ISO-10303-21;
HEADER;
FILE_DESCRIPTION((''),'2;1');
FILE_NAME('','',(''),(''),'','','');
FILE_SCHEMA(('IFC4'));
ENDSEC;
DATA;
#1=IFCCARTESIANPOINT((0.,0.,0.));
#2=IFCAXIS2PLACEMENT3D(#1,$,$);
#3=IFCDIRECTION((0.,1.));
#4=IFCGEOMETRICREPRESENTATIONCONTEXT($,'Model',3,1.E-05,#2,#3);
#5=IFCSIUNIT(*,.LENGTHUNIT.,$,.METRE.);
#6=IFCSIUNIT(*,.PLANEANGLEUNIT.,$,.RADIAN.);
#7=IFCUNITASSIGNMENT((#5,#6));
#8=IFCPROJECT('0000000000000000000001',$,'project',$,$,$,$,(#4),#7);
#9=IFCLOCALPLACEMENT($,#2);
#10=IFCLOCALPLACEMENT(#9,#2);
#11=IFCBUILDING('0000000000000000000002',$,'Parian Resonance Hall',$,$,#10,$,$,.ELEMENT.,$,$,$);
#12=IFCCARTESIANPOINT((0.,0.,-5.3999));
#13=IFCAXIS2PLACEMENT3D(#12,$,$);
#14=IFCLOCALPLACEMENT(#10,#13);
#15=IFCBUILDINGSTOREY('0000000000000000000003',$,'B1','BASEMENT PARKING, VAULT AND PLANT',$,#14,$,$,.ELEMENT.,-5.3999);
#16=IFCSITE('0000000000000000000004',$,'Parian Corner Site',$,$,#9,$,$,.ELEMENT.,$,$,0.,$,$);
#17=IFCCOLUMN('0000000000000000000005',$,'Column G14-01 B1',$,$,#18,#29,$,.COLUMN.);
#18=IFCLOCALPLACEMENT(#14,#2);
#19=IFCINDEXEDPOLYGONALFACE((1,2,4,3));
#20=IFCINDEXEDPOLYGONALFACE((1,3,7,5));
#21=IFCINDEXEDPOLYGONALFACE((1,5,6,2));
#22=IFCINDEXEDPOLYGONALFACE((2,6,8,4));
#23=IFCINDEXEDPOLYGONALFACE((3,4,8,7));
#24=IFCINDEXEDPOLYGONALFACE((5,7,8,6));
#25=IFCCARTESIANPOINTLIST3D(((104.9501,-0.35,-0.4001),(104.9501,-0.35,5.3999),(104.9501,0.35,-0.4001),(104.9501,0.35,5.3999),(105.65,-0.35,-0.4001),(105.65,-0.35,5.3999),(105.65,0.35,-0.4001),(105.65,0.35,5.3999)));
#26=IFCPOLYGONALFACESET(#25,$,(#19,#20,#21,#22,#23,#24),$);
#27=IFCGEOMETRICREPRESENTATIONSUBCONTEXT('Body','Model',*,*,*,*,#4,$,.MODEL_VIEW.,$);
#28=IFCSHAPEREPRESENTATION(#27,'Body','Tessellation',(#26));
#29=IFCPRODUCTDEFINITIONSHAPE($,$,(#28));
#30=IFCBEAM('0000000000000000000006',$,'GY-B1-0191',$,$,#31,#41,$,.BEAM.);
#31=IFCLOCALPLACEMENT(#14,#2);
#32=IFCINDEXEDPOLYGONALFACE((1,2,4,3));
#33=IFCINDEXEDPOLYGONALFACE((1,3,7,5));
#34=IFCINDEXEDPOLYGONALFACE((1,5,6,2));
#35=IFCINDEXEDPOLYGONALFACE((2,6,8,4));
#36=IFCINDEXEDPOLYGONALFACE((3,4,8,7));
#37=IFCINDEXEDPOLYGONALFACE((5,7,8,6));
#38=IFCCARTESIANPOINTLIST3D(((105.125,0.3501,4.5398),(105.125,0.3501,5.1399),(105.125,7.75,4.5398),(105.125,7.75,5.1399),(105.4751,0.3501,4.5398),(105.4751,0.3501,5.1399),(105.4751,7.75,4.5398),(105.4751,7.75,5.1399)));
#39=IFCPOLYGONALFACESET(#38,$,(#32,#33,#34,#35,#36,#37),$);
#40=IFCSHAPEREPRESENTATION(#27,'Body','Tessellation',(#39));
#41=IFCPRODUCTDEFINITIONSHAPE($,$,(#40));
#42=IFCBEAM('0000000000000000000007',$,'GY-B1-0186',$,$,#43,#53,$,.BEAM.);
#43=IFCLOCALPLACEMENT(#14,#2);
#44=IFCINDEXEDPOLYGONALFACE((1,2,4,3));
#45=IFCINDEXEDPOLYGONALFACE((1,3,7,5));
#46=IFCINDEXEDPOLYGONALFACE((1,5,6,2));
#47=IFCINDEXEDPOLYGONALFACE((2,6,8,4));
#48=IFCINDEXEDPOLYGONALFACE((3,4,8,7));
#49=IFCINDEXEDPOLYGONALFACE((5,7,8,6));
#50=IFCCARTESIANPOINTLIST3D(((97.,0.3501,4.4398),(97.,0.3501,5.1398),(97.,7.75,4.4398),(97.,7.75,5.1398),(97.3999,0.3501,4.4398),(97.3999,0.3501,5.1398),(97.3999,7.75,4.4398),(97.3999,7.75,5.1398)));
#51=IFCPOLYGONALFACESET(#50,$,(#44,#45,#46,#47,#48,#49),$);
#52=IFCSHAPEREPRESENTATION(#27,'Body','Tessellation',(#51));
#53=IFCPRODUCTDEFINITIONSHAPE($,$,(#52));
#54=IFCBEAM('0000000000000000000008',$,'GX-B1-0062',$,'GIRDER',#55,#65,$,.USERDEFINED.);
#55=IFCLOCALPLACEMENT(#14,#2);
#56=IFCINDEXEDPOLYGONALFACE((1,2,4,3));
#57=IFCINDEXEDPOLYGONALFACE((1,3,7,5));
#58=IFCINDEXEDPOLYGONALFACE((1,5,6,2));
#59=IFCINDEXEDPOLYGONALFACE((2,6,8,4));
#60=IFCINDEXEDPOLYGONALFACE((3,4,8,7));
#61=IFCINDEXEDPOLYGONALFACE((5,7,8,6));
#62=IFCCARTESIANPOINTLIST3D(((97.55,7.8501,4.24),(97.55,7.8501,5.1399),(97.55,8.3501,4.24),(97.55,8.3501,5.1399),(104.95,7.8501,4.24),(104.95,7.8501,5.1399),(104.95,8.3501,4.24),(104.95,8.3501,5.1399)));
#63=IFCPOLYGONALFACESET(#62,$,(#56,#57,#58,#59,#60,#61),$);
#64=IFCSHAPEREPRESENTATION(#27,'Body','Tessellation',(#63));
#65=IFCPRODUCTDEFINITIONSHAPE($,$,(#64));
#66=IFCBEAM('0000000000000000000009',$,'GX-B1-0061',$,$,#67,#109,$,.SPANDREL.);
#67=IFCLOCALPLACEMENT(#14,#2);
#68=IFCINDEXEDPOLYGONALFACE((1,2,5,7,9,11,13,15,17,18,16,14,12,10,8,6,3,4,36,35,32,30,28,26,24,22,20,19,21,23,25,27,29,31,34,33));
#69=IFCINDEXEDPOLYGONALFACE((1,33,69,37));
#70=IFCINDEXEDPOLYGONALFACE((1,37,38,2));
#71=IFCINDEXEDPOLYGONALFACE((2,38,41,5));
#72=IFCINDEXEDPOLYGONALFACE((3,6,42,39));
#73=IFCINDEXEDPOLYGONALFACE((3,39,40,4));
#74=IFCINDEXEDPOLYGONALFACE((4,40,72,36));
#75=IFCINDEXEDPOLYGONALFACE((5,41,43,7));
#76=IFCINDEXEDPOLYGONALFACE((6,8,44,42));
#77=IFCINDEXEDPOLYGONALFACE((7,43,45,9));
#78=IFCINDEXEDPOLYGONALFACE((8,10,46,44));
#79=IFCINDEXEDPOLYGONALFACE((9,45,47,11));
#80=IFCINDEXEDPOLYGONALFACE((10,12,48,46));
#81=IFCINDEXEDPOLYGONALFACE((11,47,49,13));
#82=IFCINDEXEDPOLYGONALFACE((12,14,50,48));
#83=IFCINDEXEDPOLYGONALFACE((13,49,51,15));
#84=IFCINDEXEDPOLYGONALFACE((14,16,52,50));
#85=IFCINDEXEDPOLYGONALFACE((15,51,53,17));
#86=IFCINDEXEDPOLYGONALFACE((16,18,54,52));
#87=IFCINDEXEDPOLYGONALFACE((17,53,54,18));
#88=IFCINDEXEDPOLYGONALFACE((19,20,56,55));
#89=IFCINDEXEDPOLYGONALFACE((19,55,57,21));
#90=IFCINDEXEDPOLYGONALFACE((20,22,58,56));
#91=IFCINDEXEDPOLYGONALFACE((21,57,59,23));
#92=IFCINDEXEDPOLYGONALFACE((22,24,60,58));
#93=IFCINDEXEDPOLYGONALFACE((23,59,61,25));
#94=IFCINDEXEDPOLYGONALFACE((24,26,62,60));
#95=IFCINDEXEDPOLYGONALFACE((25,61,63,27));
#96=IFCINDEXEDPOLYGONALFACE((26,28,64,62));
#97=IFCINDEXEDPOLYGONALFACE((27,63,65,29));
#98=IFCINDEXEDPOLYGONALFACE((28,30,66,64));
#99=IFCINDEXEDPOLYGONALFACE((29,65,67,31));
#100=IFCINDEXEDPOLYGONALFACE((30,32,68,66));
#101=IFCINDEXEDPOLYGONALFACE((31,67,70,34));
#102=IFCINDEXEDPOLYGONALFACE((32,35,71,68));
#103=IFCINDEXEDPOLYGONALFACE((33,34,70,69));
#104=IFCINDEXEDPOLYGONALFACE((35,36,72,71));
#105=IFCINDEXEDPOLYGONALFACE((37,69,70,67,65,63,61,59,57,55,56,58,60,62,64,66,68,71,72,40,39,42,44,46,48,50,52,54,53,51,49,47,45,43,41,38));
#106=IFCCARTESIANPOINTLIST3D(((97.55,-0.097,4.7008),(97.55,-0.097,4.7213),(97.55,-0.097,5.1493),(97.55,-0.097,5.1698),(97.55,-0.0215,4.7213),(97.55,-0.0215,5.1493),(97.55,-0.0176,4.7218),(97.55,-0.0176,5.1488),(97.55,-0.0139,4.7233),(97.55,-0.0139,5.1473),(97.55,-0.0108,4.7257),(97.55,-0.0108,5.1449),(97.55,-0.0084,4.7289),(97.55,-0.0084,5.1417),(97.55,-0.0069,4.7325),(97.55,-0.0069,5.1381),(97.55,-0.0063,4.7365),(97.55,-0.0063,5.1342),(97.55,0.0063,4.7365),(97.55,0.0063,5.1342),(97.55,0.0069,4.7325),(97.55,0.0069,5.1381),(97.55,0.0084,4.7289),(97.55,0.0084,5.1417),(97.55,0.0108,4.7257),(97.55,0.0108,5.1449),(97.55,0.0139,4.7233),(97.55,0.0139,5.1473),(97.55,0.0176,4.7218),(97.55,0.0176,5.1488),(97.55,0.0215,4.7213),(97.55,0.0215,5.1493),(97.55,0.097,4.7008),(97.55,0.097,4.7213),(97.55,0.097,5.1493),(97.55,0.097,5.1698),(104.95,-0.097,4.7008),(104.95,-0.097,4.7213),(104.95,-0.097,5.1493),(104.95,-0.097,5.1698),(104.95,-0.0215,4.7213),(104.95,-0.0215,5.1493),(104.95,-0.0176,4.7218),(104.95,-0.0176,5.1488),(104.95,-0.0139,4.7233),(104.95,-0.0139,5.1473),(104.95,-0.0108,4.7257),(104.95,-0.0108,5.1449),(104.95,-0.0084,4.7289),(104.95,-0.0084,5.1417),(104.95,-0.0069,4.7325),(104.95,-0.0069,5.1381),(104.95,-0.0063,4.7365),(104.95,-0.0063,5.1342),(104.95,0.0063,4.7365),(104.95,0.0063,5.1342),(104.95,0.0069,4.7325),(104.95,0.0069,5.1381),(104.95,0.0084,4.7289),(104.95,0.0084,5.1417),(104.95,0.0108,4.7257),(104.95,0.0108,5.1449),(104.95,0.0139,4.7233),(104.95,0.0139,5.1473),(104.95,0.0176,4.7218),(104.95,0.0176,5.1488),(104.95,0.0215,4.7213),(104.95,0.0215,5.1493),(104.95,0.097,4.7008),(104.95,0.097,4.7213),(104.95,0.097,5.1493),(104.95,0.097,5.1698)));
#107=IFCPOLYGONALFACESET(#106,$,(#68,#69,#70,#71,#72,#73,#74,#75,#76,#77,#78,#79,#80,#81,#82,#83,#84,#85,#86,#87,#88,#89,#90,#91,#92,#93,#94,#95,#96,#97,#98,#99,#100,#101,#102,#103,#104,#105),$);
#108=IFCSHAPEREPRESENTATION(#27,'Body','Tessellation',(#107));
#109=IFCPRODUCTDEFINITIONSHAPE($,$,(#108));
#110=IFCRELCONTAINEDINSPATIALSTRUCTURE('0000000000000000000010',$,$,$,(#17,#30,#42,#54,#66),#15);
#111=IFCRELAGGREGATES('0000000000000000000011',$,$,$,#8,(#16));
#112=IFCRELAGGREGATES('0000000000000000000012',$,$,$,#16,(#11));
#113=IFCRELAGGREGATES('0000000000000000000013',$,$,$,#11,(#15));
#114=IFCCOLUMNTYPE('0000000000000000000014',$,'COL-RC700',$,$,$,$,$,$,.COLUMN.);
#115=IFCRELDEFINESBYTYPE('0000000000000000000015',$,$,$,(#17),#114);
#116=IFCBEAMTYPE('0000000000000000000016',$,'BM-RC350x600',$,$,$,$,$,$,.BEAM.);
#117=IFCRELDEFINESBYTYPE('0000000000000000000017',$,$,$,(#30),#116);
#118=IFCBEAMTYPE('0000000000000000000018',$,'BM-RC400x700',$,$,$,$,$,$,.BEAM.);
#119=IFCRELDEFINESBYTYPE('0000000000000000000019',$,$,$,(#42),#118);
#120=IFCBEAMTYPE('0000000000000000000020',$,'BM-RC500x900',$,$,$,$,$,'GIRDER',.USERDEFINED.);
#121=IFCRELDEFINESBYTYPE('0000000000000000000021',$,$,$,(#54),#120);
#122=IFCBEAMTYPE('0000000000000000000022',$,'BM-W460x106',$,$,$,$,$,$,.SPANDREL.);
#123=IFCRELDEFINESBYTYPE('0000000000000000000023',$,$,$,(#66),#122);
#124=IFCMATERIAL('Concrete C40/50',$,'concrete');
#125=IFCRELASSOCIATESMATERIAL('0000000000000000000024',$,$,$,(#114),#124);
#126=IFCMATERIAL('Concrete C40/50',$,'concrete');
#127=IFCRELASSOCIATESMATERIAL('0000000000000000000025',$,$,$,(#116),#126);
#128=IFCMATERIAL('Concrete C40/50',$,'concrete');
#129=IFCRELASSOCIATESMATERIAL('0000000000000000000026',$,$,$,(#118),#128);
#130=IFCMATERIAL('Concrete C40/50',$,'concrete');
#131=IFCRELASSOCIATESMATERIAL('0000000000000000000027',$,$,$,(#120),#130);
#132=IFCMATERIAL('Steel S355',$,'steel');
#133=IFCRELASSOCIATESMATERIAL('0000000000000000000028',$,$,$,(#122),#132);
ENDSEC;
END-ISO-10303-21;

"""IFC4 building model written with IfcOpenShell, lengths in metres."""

from ifc_helpers import new_model, si_unit, direction, frame, origin, origin_2d, place, context, subcontext, project, spatial, rectangle, i_section, extrude, material, material_profile, profile_set, type_object, element, save


model = new_model("IFC4")

# Units and contexts
model_context = context("Model", 3, precision=1e-05, world=origin(), true_north=direction((0.0, 1.0)))
body_context = subcontext(model_context, "Body", "Model", "MODEL_VIEW")
ifc_project = project(units=[si_unit("LENGTHUNIT", "METRE"), si_unit("PLANEANGLEUNIT", "RADIAN")], contexts=[model_context])

# Site, building, storey
site_placement = place(None, origin())
site = spatial("IfcSite", under=ifc_project, at=site_placement, Name="Parian Corner Site", CompositionType="ELEMENT", RefElevation=0.0)
building_placement = place(site_placement, origin())
building = spatial("IfcBuilding", under=site, at=building_placement, Name="Parian Resonance Hall", CompositionType="ELEMENT")
storey_placement = place(building_placement, frame((0.0, 0.0, -5.3999)))
storey = spatial("IfcBuildingStorey", under=building, at=storey_placement, Name="B1", Description="BASEMENT PARKING, VAULT AND PLANT", CompositionType="ELEMENT", Elevation=-5.3999)

# Column
ifc_material_1 = material(Name="Concrete C40/50", Category="concrete")
ifc_material_profile_1 = material_profile(ifc_material_1, rectangle(XDim=0.7, YDim=0.7, at=origin_2d()), Name="RC-COL-700x700")
ifc_profile_set_1 = profile_set([ifc_material_profile_1], Name="Concrete C40/50")
column_type_1 = type_object("IfcColumnType", Name="COL-RC700", PredefinedType="COLUMN", material=ifc_profile_set_1)
for number, where, z_axis, x_axis, name in (
    (1, (105.3, 0.0, -0.4001), (0.0, 0.0, 1.0), (1.0, 0.0, 0.0), "Column G14-01 B1"),
):
    element("IfcColumn", number, at=place(storey_placement, frame(where, z_axis=z_axis, x_axis=x_axis)), inside=storey, type_object=column_type_1, Name=name, PredefinedType="COLUMN", context=body_context, shape_type="SweptSolid", body=[
        extrude(rectangle(XDim=0.7, YDim=0.7, at=origin_2d()), origin(), (0.0, 0.0, 1.0), 5.8),
    ])

# Beams
ifc_material_2 = material(Name="Concrete C40/50", Category="concrete")
ifc_material_profile_2 = material_profile(ifc_material_2, rectangle(XDim=0.3501, YDim=0.6001, at=origin_2d()), Name="RC-BM-350x600")
ifc_profile_set_2 = profile_set([ifc_material_profile_2], Name="Concrete C40/50")
beam_type_1 = type_object("IfcBeamType", Name="BM-RC350x600", PredefinedType="BEAM", material=ifc_profile_set_2)
beam_1_placement = place(storey_placement, frame((105.3, 0.3501, 4.8398), z_axis=(0.0, 1.0, 0.0), x_axis=(-1.0, 0.0, 0.0)))
element("IfcBeam", 2, at=beam_1_placement, inside=storey, type_object=beam_type_1, Name="GY-B1-0191", PredefinedType="BEAM", context=body_context, shape_type="SweptSolid", body=[
    extrude(rectangle(XDim=0.3501, YDim=0.6001, at=origin_2d()), origin(), (0.0, 0.0, 1.0), 7.3999),
])
ifc_material_3 = material(Name="Concrete C40/50", Category="concrete")
ifc_material_profile_3 = material_profile(ifc_material_3, rectangle(XDim=0.3999, YDim=0.7, at=origin_2d()), Name="RC-BM-400x700")
ifc_profile_set_3 = profile_set([ifc_material_profile_3], Name="Concrete C40/50")
beam_type_2 = type_object("IfcBeamType", Name="BM-RC400x700", PredefinedType="BEAM", material=ifc_profile_set_3)
beam_2_placement = place(storey_placement, frame((97.2, 0.3501, 4.7898), z_axis=(0.0, 1.0, 0.0), x_axis=(-1.0, 0.0, 0.0)))
element("IfcBeam", 3, at=beam_2_placement, inside=storey, type_object=beam_type_2, Name="GY-B1-0186", PredefinedType="BEAM", context=body_context, shape_type="SweptSolid", body=[
    extrude(rectangle(XDim=0.3999, YDim=0.7, at=origin_2d()), origin(), (0.0, 0.0, 1.0), 7.3999),
])
ifc_material_4 = material(Name="Concrete C40/50", Category="concrete")
ifc_material_profile_4 = material_profile(ifc_material_4, rectangle(XDim=0.5, YDim=0.8999, at=origin_2d()), Name="RC-BM-500x900")
ifc_profile_set_4 = profile_set([ifc_material_profile_4], Name="Concrete C40/50")
beam_type_3 = type_object("IfcBeamType", Name="BM-RC500x900", ElementType="GIRDER", PredefinedType="USERDEFINED", material=ifc_profile_set_4)
beam_3_placement = place(storey_placement, frame((97.55, 8.1001, 4.6899), z_axis=(1.0, 0.0, 0.0), x_axis=(0.0, 1.0, 0.0)))
element("IfcBeam", 4, at=beam_3_placement, inside=storey, type_object=beam_type_3, Name="GX-B1-0062", ObjectType="GIRDER", PredefinedType="USERDEFINED", context=body_context, shape_type="SweptSolid", body=[
    extrude(rectangle(XDim=0.5, YDim=0.8999, at=origin_2d()), origin(), (0.0, 0.0, 1.0), 7.3999),
])
ifc_material_5 = material(Name="Steel S355", Category="steel")
ifc_material_profile_5 = material_profile(ifc_material_5, i_section(OverallWidth=0.1941, OverallDepth=0.469, WebThickness=0.0127, FlangeThickness=0.0205, FilletRadius=0.0151, at=origin_2d()), Name="W460x106")
ifc_profile_set_5 = profile_set([ifc_material_profile_5], Name="Steel S355")
beam_type_4 = type_object("IfcBeamType", Name="BM-W460x106", PredefinedType="SPANDREL", material=ifc_profile_set_5)
beam_4_placement = place(storey_placement, frame((97.55, 0.0, 4.9353), z_axis=(1.0, 0.0, 0.0), x_axis=(0.0, 1.0, 0.0)))
element("IfcBeam", 5, at=beam_4_placement, inside=storey, type_object=beam_type_4, Name="GX-B1-0061", PredefinedType="SPANDREL", context=body_context, shape_type="SweptSolid", body=[
    extrude(i_section(OverallWidth=0.1941, OverallDepth=0.469, WebThickness=0.0127, FlangeThickness=0.0205, FilletRadius=0.0151, at=origin_2d()), origin(), (0.0, 0.0, 1.0), 7.3999),
])

save(model, "model.ifc")
